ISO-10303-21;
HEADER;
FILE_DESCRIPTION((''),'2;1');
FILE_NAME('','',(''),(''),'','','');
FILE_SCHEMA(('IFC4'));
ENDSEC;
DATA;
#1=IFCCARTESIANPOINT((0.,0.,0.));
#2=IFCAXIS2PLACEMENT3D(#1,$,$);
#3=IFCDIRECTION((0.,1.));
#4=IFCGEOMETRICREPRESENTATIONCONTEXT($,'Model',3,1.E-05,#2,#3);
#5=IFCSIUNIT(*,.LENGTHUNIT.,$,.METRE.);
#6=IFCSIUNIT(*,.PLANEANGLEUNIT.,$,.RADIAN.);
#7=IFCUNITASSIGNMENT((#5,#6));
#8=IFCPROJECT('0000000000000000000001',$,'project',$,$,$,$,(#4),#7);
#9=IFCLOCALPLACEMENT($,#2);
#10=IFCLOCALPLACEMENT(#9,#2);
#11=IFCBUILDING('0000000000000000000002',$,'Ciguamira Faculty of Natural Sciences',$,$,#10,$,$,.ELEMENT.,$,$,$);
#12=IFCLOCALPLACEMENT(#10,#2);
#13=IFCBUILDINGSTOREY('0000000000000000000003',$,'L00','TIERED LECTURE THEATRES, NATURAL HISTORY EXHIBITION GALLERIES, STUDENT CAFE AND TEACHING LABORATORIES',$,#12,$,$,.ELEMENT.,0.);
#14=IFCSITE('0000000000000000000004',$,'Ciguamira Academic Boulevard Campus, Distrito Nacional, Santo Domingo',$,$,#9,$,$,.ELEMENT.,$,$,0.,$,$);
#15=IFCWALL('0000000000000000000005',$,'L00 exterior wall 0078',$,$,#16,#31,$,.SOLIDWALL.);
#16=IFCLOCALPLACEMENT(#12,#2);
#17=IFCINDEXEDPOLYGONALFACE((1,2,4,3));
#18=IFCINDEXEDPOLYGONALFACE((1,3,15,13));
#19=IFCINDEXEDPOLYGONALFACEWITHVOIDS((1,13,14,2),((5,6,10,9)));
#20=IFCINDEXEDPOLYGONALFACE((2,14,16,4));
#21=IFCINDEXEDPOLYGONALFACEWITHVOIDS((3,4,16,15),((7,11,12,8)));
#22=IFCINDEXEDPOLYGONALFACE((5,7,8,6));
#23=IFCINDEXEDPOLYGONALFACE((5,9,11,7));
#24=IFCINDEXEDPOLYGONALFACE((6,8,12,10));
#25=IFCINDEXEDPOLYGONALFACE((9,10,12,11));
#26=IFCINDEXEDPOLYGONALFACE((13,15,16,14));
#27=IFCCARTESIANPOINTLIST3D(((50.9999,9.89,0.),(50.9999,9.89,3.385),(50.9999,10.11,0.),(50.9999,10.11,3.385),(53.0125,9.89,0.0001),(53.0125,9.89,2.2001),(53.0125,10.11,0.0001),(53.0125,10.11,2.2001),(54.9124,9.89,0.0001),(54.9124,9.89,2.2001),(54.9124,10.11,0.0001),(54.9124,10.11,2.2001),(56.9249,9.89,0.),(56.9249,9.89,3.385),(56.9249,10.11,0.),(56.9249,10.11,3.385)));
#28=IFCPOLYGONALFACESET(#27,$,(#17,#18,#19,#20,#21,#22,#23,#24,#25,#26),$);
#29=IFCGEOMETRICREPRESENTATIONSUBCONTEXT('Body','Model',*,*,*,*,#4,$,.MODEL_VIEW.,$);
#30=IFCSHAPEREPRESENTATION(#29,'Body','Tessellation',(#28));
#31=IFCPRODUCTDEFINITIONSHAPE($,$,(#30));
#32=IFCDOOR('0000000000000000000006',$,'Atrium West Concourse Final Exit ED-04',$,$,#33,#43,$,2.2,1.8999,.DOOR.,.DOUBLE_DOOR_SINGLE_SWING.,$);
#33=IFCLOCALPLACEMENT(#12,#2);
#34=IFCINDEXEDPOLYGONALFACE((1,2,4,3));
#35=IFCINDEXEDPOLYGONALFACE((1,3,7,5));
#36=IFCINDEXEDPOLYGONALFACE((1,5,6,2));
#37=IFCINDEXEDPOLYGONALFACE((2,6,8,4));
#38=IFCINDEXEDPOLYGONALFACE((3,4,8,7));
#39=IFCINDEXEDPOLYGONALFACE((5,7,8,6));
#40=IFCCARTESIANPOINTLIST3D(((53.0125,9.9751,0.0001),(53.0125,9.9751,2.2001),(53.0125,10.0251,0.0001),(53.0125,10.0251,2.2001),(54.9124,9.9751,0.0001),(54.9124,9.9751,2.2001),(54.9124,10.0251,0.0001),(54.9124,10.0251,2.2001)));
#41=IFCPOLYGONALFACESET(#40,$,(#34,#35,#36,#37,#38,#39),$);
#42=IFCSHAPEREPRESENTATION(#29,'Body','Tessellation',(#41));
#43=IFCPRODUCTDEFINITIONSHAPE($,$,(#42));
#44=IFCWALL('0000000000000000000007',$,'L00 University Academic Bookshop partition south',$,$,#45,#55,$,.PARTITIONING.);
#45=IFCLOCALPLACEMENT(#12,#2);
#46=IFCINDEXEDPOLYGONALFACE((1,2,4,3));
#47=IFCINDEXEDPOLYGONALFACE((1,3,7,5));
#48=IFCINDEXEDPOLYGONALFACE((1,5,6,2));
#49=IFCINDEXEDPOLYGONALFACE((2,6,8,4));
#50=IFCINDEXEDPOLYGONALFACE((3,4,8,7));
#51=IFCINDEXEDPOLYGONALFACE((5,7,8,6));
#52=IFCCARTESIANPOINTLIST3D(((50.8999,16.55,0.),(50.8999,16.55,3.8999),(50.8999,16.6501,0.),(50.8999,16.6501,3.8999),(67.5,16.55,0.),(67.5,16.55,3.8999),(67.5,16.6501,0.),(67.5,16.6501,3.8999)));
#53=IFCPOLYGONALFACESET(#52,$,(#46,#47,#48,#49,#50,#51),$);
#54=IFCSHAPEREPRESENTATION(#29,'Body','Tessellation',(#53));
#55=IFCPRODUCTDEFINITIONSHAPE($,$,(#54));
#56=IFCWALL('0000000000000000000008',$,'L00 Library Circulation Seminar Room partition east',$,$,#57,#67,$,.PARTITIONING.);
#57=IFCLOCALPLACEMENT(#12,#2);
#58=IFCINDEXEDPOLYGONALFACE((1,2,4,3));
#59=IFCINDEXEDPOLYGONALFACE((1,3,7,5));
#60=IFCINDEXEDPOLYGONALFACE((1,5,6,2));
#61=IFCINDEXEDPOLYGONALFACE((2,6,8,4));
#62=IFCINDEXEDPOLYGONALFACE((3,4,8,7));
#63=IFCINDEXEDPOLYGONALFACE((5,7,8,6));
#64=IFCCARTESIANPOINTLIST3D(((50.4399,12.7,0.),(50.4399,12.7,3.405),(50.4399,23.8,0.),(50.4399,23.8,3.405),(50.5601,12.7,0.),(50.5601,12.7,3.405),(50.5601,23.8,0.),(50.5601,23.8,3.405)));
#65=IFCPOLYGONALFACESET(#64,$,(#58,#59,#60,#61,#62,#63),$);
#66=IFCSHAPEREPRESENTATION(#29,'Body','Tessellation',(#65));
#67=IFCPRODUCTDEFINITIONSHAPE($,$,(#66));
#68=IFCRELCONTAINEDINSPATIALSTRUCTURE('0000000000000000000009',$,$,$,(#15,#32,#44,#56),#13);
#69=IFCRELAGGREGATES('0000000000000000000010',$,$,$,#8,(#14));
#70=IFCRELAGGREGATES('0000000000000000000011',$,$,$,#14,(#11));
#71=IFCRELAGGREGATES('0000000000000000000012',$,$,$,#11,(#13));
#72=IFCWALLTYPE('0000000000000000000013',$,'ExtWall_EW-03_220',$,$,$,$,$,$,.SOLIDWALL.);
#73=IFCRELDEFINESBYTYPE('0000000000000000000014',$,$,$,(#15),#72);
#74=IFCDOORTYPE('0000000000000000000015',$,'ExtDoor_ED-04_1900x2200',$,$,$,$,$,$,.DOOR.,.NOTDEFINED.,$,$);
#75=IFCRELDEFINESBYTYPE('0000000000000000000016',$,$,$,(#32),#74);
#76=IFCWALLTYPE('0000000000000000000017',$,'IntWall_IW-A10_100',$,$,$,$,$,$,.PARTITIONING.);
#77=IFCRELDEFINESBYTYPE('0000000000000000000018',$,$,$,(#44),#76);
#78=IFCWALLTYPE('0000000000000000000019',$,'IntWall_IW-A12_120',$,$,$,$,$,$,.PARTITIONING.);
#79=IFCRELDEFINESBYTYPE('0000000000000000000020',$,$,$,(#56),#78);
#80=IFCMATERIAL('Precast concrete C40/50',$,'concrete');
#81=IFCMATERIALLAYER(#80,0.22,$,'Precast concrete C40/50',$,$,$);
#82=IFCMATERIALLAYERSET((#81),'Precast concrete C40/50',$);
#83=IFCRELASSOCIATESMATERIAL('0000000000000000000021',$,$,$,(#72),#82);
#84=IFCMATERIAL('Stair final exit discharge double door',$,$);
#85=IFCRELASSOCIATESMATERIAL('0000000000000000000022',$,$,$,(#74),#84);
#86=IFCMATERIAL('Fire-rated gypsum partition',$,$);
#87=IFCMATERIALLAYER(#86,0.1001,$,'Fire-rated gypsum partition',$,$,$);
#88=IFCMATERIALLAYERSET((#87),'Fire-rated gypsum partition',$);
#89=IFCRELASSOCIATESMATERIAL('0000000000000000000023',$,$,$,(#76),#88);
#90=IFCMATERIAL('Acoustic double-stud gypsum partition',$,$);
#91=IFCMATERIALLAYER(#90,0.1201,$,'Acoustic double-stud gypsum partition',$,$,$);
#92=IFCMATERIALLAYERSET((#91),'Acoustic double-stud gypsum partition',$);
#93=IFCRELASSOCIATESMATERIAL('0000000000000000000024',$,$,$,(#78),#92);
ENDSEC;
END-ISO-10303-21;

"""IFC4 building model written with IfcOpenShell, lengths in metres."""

from ifc_helpers import new_model, si_unit, direction, frame, frame_2d, origin, place, context, subcontext, project, spatial, rectangle, extrude, material, layer, layer_set, type_object, element, fill, save


model = new_model("IFC4")

# Units and contexts
model_context = context("Model", 3, precision=1e-05, world=origin(), true_north=direction((0.0, 1.0)))
body_context = subcontext(model_context, "Body", "Model", "MODEL_VIEW")
ifc_project = project(units=[si_unit("LENGTHUNIT", "METRE"), si_unit("PLANEANGLEUNIT", "RADIAN")], contexts=[model_context])

# Site, building, storey
site_placement = place(None, origin())
site = spatial("IfcSite", under=ifc_project, at=site_placement, Name="Ciguamira Academic Boulevard Campus, Distrito Nacional, Santo Domingo", CompositionType="ELEMENT", RefElevation=0.0)
building_placement = place(site_placement, origin())
building = spatial("IfcBuilding", under=site, at=building_placement, Name="Ciguamira Faculty of Natural Sciences", CompositionType="ELEMENT")
storey_placement = place(building_placement, origin())
storey = spatial("IfcBuildingStorey", under=building, at=storey_placement, Name="L00", Description="TIERED LECTURE THEATRES, NATURAL HISTORY EXHIBITION GALLERIES, STUDENT CAFE AND TEACHING LABORATORIES", CompositionType="ELEMENT", Elevation=0.0)

# Shared definitions
ifc_material_1 = material(Name="Precast concrete C40/50", Category="concrete")

# Wall, opening, door
ifc_layer_1 = layer(ifc_material_1, 0.22, Name="Precast concrete C40/50")
ifc_layer_set_1 = layer_set([ifc_layer_1], Name="Precast concrete C40/50")
wall_type_1 = type_object("IfcWallType", Name="ExtWall_EW-03_220", PredefinedType="SOLIDWALL", material=ifc_layer_set_1)
wall_1_placement = place(storey_placement, frame((51.0, 10.0, 0.0), z_axis=(0.0, 0.0, 1.0), x_axis=(1.0, 0.0, 0.0)))
wall_1 = element("IfcWall", 1, at=wall_1_placement, inside=storey, type_object=wall_type_1, Name="L00 exterior wall 0078", PredefinedType="SOLIDWALL", context=body_context, shape_type="SweptSolid", body=[
    extrude(rectangle(XDim=5.925, YDim=0.22, at=frame_2d((2.9624, 0.0))), origin(), (0.0, 0.0, 1.0), 3.385),
])
opening_1_placement = place(wall_1_placement, frame((2.0125, 0.0, 0.0)))
opening_1 = element("IfcOpeningElement", 2, at=opening_1_placement, cuts=wall_1, PredefinedType="OPENING", context=body_context, shape_type="SweptSolid", body=[
    extrude(rectangle(XDim=1.8999, YDim=2.2, at=frame_2d((0.95, 1.1001))), frame((0.0, 0.1199, 0.0), z_axis=(0.0, -1.0, 0.0), x_axis=(1.0, 0.0, 0.0)), (0.0, 0.0, 1.0), 0.24),
])
ifc_material_2 = material(Name="Stair final exit discharge double door")
door_type = type_object("IfcDoorType", Name="ExtDoor_ED-04_1900x2200", OperationType="NOTDEFINED", PredefinedType="DOOR", material=ifc_material_2)
door_placement = place(opening_1_placement, frame((1.8999, 0.0, 0.0), z_axis=(0.0, 0.0, 1.0), x_axis=(-1.0, 0.0, 0.0)))
door = element("IfcDoor", 3, at=door_placement, inside=storey, type_object=door_type, Name="Atrium West Concourse Final Exit ED-04", OperationType="DOUBLE_DOOR_SINGLE_SWING", OverallHeight=2.2, OverallWidth=1.8999, PredefinedType="DOOR", context=body_context, shape_type="SweptSolid", body=[
    extrude(rectangle(XDim=1.8999, YDim=2.2, at=frame_2d((0.95, 1.1001))), frame((0.0, 0.0249, 0.0), z_axis=(0.0, -1.0, 0.0), x_axis=(1.0, 0.0, 0.0)), (0.0, 0.0, 1.0), 0.05),
])
fill(opening_1, door)

# Walls
ifc_material_3 = material(Name="Fire-rated gypsum partition")
ifc_layer_2 = layer(ifc_material_3, 0.1001, Name="Fire-rated gypsum partition")
ifc_layer_set_2 = layer_set([ifc_layer_2], Name="Fire-rated gypsum partition")
wall_type_2 = type_object("IfcWallType", Name="IntWall_IW-A10_100", PredefinedType="PARTITIONING", material=ifc_layer_set_2)
wall_2_placement = place(storey_placement, frame((50.8999, 16.6001, 0.0), z_axis=(0.0, 0.0, 1.0), x_axis=(1.0, 0.0, 0.0)))
element("IfcWall", 4, at=wall_2_placement, inside=storey, type_object=wall_type_2, Name="L00 University Academic Bookshop partition south", PredefinedType="PARTITIONING", context=body_context, shape_type="SweptSolid", body=[
    extrude(rectangle(XDim=16.6001, YDim=0.1001, at=frame_2d((8.3, 0.0))), origin(), (0.0, 0.0, 1.0), 3.8999),
])
ifc_material_4 = material(Name="Acoustic double-stud gypsum partition")
ifc_layer_3 = layer(ifc_material_4, 0.1201, Name="Acoustic double-stud gypsum partition")
ifc_layer_set_3 = layer_set([ifc_layer_3], Name="Acoustic double-stud gypsum partition")
wall_type_3 = type_object("IfcWallType", Name="IntWall_IW-A12_120", PredefinedType="PARTITIONING", material=ifc_layer_set_3)
wall_3_placement = place(storey_placement, frame((50.5, 12.7, 0.0), z_axis=(0.0, 0.0, 1.0), x_axis=(0.0, 1.0, 0.0)))
element("IfcWall", 5, at=wall_3_placement, inside=storey, type_object=wall_type_3, Name="L00 Library Circulation Seminar Room partition east", PredefinedType="PARTITIONING", context=body_context, shape_type="SweptSolid", body=[
    extrude(rectangle(XDim=11.1001, YDim=0.1201, at=frame_2d((5.55, 0.0))), origin(), (0.0, 0.0, 1.0), 3.405),
])

save(model, "model.ifc")
